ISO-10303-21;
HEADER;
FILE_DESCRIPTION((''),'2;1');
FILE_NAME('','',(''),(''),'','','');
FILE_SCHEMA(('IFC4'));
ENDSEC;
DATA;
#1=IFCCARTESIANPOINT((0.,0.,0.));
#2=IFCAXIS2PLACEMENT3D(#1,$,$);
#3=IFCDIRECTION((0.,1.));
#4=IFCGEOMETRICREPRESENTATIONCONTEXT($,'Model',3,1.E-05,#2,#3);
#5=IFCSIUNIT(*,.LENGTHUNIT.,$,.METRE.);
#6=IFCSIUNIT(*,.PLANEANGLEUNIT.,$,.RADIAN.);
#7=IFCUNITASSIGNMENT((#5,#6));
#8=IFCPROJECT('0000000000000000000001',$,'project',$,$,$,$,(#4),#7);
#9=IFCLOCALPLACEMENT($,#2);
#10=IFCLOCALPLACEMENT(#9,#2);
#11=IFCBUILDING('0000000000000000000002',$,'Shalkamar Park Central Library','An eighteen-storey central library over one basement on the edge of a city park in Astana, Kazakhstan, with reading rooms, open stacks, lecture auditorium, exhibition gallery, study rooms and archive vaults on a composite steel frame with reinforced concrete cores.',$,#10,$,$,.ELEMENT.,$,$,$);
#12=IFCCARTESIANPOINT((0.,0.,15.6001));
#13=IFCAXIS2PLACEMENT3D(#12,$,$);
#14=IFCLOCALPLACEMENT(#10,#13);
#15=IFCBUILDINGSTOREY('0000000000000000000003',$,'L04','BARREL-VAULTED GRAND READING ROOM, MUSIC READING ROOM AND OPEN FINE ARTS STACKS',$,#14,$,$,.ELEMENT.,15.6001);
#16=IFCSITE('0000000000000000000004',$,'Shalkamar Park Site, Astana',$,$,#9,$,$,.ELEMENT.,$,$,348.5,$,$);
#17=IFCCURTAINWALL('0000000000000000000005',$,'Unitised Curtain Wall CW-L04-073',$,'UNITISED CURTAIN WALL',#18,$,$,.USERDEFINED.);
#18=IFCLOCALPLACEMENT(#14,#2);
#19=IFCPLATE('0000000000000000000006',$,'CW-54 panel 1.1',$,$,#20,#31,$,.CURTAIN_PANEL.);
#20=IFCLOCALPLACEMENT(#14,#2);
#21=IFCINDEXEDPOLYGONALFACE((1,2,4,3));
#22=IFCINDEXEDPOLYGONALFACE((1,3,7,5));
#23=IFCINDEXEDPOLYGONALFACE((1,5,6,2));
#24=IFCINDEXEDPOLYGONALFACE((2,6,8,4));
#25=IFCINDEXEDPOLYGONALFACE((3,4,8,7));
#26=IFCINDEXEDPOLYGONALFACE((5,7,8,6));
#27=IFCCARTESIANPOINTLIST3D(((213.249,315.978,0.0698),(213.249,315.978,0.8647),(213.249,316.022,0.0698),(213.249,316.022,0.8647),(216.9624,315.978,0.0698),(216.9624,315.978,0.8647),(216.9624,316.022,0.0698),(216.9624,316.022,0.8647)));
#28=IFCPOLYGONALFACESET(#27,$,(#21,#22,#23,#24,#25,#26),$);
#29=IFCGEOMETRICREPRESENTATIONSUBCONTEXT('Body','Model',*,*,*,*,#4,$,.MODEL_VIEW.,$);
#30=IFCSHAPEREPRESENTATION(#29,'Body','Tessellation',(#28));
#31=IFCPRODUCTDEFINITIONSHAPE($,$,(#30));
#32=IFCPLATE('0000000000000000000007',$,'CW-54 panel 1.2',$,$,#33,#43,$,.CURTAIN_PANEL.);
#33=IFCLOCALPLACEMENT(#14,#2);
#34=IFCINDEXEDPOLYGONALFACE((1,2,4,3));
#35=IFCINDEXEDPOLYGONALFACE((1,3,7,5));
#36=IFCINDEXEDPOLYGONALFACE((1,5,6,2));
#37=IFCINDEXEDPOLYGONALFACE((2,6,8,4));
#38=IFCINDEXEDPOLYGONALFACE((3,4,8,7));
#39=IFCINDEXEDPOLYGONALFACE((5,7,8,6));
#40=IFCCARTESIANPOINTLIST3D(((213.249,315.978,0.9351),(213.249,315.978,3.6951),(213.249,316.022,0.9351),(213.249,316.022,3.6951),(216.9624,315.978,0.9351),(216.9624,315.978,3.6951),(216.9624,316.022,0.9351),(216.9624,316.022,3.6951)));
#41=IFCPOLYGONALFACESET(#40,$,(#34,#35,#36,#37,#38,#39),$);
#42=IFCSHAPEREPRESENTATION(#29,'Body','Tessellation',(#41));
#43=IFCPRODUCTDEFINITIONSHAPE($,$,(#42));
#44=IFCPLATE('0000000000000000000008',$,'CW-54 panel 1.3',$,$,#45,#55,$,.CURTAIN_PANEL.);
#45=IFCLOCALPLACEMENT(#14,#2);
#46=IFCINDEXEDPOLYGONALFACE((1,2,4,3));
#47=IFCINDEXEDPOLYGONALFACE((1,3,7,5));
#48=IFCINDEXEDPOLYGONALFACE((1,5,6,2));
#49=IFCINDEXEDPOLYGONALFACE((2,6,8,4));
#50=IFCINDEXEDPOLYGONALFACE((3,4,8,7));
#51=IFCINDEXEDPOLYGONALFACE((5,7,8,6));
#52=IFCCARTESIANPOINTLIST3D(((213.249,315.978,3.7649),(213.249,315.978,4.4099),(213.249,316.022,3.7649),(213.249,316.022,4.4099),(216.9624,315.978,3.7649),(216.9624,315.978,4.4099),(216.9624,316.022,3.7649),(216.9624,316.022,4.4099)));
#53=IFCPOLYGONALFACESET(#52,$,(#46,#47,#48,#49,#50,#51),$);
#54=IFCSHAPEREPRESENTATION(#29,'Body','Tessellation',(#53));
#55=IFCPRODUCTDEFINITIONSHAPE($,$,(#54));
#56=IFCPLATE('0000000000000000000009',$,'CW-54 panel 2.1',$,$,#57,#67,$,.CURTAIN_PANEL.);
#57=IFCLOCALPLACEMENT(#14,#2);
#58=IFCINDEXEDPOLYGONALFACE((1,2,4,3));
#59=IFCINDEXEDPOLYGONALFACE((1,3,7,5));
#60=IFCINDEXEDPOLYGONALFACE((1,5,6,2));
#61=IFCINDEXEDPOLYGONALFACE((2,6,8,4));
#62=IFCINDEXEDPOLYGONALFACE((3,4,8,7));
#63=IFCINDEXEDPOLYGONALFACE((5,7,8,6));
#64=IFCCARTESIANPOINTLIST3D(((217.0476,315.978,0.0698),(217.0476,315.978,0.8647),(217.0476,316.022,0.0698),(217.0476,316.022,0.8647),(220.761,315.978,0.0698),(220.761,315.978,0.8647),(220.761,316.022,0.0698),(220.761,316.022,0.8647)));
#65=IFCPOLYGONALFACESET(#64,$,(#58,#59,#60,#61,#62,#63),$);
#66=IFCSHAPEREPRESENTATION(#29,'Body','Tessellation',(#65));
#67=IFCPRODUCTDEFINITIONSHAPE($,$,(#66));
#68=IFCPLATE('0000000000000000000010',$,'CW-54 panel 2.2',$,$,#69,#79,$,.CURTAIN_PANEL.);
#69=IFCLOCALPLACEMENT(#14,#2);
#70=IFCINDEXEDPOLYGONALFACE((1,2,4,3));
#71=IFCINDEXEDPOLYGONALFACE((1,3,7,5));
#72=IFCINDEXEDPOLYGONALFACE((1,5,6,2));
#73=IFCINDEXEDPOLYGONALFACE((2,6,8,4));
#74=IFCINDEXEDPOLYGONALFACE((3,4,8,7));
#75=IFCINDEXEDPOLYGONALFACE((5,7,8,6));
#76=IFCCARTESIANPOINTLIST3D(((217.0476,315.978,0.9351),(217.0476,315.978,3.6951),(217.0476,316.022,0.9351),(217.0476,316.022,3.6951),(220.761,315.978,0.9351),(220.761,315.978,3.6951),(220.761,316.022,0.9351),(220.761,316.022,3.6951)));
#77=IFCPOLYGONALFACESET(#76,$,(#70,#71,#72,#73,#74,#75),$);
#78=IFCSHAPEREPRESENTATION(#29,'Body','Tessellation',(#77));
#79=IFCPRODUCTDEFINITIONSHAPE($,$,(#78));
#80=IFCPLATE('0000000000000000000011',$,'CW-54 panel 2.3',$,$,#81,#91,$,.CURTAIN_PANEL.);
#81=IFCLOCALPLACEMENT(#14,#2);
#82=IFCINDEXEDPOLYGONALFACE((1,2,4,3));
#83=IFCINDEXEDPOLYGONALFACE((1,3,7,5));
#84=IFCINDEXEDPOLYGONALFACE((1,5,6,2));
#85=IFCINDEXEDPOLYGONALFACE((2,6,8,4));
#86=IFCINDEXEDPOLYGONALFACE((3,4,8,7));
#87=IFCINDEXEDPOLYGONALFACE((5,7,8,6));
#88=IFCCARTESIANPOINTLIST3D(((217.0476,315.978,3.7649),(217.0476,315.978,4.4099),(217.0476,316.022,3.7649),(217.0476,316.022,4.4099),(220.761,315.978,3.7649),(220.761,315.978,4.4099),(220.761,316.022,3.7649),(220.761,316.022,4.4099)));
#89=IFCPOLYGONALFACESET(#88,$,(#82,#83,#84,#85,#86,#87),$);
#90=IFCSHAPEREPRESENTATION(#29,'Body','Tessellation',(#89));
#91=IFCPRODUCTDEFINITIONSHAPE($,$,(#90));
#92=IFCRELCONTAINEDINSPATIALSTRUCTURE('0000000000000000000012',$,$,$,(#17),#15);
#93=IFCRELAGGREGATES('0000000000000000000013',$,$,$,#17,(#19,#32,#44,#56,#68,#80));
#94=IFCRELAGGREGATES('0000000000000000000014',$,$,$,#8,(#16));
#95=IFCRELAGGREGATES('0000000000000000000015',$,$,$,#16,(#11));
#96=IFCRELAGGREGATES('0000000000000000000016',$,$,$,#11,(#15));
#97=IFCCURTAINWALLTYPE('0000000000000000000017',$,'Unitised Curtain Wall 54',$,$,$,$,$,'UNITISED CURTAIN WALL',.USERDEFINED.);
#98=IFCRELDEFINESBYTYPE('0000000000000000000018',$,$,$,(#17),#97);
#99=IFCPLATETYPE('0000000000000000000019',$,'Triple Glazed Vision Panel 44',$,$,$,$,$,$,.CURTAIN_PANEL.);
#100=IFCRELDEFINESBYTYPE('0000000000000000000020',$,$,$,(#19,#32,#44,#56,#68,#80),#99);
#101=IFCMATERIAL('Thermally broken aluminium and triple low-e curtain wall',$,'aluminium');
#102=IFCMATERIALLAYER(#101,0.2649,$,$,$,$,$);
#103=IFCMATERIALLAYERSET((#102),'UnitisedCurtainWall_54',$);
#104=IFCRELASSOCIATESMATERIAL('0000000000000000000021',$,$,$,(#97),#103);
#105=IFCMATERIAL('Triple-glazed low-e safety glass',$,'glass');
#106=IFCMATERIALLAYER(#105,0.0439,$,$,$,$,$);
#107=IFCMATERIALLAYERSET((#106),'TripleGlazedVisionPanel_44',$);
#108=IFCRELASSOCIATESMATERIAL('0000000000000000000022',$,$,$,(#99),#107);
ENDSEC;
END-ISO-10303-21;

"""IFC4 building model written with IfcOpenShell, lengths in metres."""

from ifc_helpers import new_model, si_unit, direction, frame, origin, origin_2d, place, context, subcontext, project, spatial, rectangle, extrude, material, layer, layer_set, type_object, element, aggregate, save


model = new_model("IFC4")

# Units and contexts
model_context = context("Model", 3, precision=1e-05, world=origin(), true_north=direction((0.0, 1.0)))
body_context = subcontext(model_context, "Body", "Model", "MODEL_VIEW")
ifc_project = project(units=[si_unit("LENGTHUNIT", "METRE"), si_unit("PLANEANGLEUNIT", "RADIAN")], contexts=[model_context])

# Site, building, storey
site_placement = place(None, origin())
site = spatial("IfcSite", under=ifc_project, at=site_placement, Name="Shalkamar Park Site, Astana", CompositionType="ELEMENT", RefElevation=348.5)
building_placement = place(site_placement, origin())
building = spatial("IfcBuilding", under=site, at=building_placement, Name="Shalkamar Park Central Library", Description="An eighteen-storey central library over one basement on the edge of a city park in Astana, Kazakhstan, with reading rooms, open stacks, lecture auditorium, exhibition gallery, study rooms and archive vaults on a composite steel frame with reinforced concrete cores.", CompositionType="ELEMENT")
storey_placement = place(building_placement, frame((0.0, 0.0, 15.6001)))
storey = spatial("IfcBuildingStorey", under=building, at=storey_placement, Name="L04", Description="BARREL-VAULTED GRAND READING ROOM, MUSIC READING ROOM AND OPEN FINE ARTS STACKS", CompositionType="ELEMENT", Elevation=15.6001)

# Curtain wall
ifc_material_1 = material(Name="Thermally broken aluminium and triple low-e curtain wall", Category="aluminium")
ifc_layer_1 = layer(ifc_material_1, 0.2649)
ifc_layer_set_1 = layer_set([ifc_layer_1], Name="UnitisedCurtainWall_54")
curtain_wall_type_1 = type_object("IfcCurtainWallType", Name="Unitised Curtain Wall 54", ElementType="UNITISED CURTAIN WALL", PredefinedType="USERDEFINED", material=ifc_layer_set_1)
curtain_wall_1_placement = place(storey_placement, origin())
curtain_wall_1 = element("IfcCurtainWall", 1, at=curtain_wall_1_placement, inside=storey, type_object=curtain_wall_type_1, Name="Unitised Curtain Wall CW-L04-073", ObjectType="UNITISED CURTAIN WALL", PredefinedType="USERDEFINED")

# Plates
ifc_material_2 = material(Name="Triple-glazed low-e safety glass", Category="glass")
ifc_layer_2 = layer(ifc_material_2, 0.0439)
ifc_layer_set_2 = layer_set([ifc_layer_2], Name="TripleGlazedVisionPanel_44")
plate_type_1 = type_object("IfcPlateType", Name="Triple Glazed Vision Panel 44", PredefinedType="CURTAIN_PANEL", material=ifc_layer_set_2)
plate_1_placement = place(storey_placement, frame((215.1057, 316.0, 0.0698), z_axis=(0.0, 0.0, 1.0), x_axis=(1.0, 0.0, 0.0)))
plate_1 = element("IfcPlate", 2, at=plate_1_placement, type_object=plate_type_1, Name="CW-54 panel 1.1", PredefinedType="CURTAIN_PANEL", context=body_context, shape_type="SweptSolid", body=[
    extrude(rectangle(XDim=3.7134, YDim=0.0439, at=origin_2d()), origin(), (0.0, 0.0, 1.0), 0.7949),
])
plate_2_placement = place(storey_placement, frame((215.1057, 316.0, 0.9351), z_axis=(0.0, 0.0, 1.0), x_axis=(1.0, 0.0, 0.0)))
plate_2 = element("IfcPlate", 3, at=plate_2_placement, type_object=plate_type_1, Name="CW-54 panel 1.2", PredefinedType="CURTAIN_PANEL", context=body_context, shape_type="SweptSolid", body=[
    extrude(rectangle(XDim=3.7134, YDim=0.0439, at=origin_2d()), origin(), (0.0, 0.0, 1.0), 2.76),
])
plate_3_placement = place(storey_placement, frame((215.1057, 316.0, 3.7649), z_axis=(0.0, 0.0, 1.0), x_axis=(1.0, 0.0, 0.0)))
plate_3 = element("IfcPlate", 4, at=plate_3_placement, type_object=plate_type_1, Name="CW-54 panel 1.3", PredefinedType="CURTAIN_PANEL", context=body_context, shape_type="SweptSolid", body=[
    extrude(rectangle(XDim=3.7134, YDim=0.0439, at=origin_2d()), origin(), (0.0, 0.0, 1.0), 0.645),
])
plate_4_placement = place(storey_placement, frame((218.9043, 316.0, 0.0698), z_axis=(0.0, 0.0, 1.0), x_axis=(1.0, 0.0, 0.0)))
plate_4 = element("IfcPlate", 5, at=plate_4_placement, type_object=plate_type_1, Name="CW-54 panel 2.1", PredefinedType="CURTAIN_PANEL", context=body_context, shape_type="SweptSolid", body=[
    extrude(rectangle(XDim=3.7134, YDim=0.0439, at=origin_2d()), origin(), (0.0, 0.0, 1.0), 0.7949),
])
plate_5_placement = place(storey_placement, frame((218.9043, 316.0, 0.9351), z_axis=(0.0, 0.0, 1.0), x_axis=(1.0, 0.0, 0.0)))
plate_5 = element("IfcPlate", 6, at=plate_5_placement, type_object=plate_type_1, Name="CW-54 panel 2.2", PredefinedType="CURTAIN_PANEL", context=body_context, shape_type="SweptSolid", body=[
    extrude(rectangle(XDim=3.7134, YDim=0.0439, at=origin_2d()), origin(), (0.0, 0.0, 1.0), 2.76),
])
plate_6_placement = place(storey_placement, frame((218.9043, 316.0, 3.7649), z_axis=(0.0, 0.0, 1.0), x_axis=(1.0, 0.0, 0.0)))
plate_6 = element("IfcPlate", 7, at=plate_6_placement, type_object=plate_type_1, Name="CW-54 panel 2.3", PredefinedType="CURTAIN_PANEL", context=body_context, shape_type="SweptSolid", body=[
    extrude(rectangle(XDim=3.7134, YDim=0.0439, at=origin_2d()), origin(), (0.0, 0.0, 1.0), 0.645),
])
aggregate(curtain_wall_1, [plate_1, plate_2, plate_3, plate_4, plate_5, plate_6])

save(model, "model.ifc")
